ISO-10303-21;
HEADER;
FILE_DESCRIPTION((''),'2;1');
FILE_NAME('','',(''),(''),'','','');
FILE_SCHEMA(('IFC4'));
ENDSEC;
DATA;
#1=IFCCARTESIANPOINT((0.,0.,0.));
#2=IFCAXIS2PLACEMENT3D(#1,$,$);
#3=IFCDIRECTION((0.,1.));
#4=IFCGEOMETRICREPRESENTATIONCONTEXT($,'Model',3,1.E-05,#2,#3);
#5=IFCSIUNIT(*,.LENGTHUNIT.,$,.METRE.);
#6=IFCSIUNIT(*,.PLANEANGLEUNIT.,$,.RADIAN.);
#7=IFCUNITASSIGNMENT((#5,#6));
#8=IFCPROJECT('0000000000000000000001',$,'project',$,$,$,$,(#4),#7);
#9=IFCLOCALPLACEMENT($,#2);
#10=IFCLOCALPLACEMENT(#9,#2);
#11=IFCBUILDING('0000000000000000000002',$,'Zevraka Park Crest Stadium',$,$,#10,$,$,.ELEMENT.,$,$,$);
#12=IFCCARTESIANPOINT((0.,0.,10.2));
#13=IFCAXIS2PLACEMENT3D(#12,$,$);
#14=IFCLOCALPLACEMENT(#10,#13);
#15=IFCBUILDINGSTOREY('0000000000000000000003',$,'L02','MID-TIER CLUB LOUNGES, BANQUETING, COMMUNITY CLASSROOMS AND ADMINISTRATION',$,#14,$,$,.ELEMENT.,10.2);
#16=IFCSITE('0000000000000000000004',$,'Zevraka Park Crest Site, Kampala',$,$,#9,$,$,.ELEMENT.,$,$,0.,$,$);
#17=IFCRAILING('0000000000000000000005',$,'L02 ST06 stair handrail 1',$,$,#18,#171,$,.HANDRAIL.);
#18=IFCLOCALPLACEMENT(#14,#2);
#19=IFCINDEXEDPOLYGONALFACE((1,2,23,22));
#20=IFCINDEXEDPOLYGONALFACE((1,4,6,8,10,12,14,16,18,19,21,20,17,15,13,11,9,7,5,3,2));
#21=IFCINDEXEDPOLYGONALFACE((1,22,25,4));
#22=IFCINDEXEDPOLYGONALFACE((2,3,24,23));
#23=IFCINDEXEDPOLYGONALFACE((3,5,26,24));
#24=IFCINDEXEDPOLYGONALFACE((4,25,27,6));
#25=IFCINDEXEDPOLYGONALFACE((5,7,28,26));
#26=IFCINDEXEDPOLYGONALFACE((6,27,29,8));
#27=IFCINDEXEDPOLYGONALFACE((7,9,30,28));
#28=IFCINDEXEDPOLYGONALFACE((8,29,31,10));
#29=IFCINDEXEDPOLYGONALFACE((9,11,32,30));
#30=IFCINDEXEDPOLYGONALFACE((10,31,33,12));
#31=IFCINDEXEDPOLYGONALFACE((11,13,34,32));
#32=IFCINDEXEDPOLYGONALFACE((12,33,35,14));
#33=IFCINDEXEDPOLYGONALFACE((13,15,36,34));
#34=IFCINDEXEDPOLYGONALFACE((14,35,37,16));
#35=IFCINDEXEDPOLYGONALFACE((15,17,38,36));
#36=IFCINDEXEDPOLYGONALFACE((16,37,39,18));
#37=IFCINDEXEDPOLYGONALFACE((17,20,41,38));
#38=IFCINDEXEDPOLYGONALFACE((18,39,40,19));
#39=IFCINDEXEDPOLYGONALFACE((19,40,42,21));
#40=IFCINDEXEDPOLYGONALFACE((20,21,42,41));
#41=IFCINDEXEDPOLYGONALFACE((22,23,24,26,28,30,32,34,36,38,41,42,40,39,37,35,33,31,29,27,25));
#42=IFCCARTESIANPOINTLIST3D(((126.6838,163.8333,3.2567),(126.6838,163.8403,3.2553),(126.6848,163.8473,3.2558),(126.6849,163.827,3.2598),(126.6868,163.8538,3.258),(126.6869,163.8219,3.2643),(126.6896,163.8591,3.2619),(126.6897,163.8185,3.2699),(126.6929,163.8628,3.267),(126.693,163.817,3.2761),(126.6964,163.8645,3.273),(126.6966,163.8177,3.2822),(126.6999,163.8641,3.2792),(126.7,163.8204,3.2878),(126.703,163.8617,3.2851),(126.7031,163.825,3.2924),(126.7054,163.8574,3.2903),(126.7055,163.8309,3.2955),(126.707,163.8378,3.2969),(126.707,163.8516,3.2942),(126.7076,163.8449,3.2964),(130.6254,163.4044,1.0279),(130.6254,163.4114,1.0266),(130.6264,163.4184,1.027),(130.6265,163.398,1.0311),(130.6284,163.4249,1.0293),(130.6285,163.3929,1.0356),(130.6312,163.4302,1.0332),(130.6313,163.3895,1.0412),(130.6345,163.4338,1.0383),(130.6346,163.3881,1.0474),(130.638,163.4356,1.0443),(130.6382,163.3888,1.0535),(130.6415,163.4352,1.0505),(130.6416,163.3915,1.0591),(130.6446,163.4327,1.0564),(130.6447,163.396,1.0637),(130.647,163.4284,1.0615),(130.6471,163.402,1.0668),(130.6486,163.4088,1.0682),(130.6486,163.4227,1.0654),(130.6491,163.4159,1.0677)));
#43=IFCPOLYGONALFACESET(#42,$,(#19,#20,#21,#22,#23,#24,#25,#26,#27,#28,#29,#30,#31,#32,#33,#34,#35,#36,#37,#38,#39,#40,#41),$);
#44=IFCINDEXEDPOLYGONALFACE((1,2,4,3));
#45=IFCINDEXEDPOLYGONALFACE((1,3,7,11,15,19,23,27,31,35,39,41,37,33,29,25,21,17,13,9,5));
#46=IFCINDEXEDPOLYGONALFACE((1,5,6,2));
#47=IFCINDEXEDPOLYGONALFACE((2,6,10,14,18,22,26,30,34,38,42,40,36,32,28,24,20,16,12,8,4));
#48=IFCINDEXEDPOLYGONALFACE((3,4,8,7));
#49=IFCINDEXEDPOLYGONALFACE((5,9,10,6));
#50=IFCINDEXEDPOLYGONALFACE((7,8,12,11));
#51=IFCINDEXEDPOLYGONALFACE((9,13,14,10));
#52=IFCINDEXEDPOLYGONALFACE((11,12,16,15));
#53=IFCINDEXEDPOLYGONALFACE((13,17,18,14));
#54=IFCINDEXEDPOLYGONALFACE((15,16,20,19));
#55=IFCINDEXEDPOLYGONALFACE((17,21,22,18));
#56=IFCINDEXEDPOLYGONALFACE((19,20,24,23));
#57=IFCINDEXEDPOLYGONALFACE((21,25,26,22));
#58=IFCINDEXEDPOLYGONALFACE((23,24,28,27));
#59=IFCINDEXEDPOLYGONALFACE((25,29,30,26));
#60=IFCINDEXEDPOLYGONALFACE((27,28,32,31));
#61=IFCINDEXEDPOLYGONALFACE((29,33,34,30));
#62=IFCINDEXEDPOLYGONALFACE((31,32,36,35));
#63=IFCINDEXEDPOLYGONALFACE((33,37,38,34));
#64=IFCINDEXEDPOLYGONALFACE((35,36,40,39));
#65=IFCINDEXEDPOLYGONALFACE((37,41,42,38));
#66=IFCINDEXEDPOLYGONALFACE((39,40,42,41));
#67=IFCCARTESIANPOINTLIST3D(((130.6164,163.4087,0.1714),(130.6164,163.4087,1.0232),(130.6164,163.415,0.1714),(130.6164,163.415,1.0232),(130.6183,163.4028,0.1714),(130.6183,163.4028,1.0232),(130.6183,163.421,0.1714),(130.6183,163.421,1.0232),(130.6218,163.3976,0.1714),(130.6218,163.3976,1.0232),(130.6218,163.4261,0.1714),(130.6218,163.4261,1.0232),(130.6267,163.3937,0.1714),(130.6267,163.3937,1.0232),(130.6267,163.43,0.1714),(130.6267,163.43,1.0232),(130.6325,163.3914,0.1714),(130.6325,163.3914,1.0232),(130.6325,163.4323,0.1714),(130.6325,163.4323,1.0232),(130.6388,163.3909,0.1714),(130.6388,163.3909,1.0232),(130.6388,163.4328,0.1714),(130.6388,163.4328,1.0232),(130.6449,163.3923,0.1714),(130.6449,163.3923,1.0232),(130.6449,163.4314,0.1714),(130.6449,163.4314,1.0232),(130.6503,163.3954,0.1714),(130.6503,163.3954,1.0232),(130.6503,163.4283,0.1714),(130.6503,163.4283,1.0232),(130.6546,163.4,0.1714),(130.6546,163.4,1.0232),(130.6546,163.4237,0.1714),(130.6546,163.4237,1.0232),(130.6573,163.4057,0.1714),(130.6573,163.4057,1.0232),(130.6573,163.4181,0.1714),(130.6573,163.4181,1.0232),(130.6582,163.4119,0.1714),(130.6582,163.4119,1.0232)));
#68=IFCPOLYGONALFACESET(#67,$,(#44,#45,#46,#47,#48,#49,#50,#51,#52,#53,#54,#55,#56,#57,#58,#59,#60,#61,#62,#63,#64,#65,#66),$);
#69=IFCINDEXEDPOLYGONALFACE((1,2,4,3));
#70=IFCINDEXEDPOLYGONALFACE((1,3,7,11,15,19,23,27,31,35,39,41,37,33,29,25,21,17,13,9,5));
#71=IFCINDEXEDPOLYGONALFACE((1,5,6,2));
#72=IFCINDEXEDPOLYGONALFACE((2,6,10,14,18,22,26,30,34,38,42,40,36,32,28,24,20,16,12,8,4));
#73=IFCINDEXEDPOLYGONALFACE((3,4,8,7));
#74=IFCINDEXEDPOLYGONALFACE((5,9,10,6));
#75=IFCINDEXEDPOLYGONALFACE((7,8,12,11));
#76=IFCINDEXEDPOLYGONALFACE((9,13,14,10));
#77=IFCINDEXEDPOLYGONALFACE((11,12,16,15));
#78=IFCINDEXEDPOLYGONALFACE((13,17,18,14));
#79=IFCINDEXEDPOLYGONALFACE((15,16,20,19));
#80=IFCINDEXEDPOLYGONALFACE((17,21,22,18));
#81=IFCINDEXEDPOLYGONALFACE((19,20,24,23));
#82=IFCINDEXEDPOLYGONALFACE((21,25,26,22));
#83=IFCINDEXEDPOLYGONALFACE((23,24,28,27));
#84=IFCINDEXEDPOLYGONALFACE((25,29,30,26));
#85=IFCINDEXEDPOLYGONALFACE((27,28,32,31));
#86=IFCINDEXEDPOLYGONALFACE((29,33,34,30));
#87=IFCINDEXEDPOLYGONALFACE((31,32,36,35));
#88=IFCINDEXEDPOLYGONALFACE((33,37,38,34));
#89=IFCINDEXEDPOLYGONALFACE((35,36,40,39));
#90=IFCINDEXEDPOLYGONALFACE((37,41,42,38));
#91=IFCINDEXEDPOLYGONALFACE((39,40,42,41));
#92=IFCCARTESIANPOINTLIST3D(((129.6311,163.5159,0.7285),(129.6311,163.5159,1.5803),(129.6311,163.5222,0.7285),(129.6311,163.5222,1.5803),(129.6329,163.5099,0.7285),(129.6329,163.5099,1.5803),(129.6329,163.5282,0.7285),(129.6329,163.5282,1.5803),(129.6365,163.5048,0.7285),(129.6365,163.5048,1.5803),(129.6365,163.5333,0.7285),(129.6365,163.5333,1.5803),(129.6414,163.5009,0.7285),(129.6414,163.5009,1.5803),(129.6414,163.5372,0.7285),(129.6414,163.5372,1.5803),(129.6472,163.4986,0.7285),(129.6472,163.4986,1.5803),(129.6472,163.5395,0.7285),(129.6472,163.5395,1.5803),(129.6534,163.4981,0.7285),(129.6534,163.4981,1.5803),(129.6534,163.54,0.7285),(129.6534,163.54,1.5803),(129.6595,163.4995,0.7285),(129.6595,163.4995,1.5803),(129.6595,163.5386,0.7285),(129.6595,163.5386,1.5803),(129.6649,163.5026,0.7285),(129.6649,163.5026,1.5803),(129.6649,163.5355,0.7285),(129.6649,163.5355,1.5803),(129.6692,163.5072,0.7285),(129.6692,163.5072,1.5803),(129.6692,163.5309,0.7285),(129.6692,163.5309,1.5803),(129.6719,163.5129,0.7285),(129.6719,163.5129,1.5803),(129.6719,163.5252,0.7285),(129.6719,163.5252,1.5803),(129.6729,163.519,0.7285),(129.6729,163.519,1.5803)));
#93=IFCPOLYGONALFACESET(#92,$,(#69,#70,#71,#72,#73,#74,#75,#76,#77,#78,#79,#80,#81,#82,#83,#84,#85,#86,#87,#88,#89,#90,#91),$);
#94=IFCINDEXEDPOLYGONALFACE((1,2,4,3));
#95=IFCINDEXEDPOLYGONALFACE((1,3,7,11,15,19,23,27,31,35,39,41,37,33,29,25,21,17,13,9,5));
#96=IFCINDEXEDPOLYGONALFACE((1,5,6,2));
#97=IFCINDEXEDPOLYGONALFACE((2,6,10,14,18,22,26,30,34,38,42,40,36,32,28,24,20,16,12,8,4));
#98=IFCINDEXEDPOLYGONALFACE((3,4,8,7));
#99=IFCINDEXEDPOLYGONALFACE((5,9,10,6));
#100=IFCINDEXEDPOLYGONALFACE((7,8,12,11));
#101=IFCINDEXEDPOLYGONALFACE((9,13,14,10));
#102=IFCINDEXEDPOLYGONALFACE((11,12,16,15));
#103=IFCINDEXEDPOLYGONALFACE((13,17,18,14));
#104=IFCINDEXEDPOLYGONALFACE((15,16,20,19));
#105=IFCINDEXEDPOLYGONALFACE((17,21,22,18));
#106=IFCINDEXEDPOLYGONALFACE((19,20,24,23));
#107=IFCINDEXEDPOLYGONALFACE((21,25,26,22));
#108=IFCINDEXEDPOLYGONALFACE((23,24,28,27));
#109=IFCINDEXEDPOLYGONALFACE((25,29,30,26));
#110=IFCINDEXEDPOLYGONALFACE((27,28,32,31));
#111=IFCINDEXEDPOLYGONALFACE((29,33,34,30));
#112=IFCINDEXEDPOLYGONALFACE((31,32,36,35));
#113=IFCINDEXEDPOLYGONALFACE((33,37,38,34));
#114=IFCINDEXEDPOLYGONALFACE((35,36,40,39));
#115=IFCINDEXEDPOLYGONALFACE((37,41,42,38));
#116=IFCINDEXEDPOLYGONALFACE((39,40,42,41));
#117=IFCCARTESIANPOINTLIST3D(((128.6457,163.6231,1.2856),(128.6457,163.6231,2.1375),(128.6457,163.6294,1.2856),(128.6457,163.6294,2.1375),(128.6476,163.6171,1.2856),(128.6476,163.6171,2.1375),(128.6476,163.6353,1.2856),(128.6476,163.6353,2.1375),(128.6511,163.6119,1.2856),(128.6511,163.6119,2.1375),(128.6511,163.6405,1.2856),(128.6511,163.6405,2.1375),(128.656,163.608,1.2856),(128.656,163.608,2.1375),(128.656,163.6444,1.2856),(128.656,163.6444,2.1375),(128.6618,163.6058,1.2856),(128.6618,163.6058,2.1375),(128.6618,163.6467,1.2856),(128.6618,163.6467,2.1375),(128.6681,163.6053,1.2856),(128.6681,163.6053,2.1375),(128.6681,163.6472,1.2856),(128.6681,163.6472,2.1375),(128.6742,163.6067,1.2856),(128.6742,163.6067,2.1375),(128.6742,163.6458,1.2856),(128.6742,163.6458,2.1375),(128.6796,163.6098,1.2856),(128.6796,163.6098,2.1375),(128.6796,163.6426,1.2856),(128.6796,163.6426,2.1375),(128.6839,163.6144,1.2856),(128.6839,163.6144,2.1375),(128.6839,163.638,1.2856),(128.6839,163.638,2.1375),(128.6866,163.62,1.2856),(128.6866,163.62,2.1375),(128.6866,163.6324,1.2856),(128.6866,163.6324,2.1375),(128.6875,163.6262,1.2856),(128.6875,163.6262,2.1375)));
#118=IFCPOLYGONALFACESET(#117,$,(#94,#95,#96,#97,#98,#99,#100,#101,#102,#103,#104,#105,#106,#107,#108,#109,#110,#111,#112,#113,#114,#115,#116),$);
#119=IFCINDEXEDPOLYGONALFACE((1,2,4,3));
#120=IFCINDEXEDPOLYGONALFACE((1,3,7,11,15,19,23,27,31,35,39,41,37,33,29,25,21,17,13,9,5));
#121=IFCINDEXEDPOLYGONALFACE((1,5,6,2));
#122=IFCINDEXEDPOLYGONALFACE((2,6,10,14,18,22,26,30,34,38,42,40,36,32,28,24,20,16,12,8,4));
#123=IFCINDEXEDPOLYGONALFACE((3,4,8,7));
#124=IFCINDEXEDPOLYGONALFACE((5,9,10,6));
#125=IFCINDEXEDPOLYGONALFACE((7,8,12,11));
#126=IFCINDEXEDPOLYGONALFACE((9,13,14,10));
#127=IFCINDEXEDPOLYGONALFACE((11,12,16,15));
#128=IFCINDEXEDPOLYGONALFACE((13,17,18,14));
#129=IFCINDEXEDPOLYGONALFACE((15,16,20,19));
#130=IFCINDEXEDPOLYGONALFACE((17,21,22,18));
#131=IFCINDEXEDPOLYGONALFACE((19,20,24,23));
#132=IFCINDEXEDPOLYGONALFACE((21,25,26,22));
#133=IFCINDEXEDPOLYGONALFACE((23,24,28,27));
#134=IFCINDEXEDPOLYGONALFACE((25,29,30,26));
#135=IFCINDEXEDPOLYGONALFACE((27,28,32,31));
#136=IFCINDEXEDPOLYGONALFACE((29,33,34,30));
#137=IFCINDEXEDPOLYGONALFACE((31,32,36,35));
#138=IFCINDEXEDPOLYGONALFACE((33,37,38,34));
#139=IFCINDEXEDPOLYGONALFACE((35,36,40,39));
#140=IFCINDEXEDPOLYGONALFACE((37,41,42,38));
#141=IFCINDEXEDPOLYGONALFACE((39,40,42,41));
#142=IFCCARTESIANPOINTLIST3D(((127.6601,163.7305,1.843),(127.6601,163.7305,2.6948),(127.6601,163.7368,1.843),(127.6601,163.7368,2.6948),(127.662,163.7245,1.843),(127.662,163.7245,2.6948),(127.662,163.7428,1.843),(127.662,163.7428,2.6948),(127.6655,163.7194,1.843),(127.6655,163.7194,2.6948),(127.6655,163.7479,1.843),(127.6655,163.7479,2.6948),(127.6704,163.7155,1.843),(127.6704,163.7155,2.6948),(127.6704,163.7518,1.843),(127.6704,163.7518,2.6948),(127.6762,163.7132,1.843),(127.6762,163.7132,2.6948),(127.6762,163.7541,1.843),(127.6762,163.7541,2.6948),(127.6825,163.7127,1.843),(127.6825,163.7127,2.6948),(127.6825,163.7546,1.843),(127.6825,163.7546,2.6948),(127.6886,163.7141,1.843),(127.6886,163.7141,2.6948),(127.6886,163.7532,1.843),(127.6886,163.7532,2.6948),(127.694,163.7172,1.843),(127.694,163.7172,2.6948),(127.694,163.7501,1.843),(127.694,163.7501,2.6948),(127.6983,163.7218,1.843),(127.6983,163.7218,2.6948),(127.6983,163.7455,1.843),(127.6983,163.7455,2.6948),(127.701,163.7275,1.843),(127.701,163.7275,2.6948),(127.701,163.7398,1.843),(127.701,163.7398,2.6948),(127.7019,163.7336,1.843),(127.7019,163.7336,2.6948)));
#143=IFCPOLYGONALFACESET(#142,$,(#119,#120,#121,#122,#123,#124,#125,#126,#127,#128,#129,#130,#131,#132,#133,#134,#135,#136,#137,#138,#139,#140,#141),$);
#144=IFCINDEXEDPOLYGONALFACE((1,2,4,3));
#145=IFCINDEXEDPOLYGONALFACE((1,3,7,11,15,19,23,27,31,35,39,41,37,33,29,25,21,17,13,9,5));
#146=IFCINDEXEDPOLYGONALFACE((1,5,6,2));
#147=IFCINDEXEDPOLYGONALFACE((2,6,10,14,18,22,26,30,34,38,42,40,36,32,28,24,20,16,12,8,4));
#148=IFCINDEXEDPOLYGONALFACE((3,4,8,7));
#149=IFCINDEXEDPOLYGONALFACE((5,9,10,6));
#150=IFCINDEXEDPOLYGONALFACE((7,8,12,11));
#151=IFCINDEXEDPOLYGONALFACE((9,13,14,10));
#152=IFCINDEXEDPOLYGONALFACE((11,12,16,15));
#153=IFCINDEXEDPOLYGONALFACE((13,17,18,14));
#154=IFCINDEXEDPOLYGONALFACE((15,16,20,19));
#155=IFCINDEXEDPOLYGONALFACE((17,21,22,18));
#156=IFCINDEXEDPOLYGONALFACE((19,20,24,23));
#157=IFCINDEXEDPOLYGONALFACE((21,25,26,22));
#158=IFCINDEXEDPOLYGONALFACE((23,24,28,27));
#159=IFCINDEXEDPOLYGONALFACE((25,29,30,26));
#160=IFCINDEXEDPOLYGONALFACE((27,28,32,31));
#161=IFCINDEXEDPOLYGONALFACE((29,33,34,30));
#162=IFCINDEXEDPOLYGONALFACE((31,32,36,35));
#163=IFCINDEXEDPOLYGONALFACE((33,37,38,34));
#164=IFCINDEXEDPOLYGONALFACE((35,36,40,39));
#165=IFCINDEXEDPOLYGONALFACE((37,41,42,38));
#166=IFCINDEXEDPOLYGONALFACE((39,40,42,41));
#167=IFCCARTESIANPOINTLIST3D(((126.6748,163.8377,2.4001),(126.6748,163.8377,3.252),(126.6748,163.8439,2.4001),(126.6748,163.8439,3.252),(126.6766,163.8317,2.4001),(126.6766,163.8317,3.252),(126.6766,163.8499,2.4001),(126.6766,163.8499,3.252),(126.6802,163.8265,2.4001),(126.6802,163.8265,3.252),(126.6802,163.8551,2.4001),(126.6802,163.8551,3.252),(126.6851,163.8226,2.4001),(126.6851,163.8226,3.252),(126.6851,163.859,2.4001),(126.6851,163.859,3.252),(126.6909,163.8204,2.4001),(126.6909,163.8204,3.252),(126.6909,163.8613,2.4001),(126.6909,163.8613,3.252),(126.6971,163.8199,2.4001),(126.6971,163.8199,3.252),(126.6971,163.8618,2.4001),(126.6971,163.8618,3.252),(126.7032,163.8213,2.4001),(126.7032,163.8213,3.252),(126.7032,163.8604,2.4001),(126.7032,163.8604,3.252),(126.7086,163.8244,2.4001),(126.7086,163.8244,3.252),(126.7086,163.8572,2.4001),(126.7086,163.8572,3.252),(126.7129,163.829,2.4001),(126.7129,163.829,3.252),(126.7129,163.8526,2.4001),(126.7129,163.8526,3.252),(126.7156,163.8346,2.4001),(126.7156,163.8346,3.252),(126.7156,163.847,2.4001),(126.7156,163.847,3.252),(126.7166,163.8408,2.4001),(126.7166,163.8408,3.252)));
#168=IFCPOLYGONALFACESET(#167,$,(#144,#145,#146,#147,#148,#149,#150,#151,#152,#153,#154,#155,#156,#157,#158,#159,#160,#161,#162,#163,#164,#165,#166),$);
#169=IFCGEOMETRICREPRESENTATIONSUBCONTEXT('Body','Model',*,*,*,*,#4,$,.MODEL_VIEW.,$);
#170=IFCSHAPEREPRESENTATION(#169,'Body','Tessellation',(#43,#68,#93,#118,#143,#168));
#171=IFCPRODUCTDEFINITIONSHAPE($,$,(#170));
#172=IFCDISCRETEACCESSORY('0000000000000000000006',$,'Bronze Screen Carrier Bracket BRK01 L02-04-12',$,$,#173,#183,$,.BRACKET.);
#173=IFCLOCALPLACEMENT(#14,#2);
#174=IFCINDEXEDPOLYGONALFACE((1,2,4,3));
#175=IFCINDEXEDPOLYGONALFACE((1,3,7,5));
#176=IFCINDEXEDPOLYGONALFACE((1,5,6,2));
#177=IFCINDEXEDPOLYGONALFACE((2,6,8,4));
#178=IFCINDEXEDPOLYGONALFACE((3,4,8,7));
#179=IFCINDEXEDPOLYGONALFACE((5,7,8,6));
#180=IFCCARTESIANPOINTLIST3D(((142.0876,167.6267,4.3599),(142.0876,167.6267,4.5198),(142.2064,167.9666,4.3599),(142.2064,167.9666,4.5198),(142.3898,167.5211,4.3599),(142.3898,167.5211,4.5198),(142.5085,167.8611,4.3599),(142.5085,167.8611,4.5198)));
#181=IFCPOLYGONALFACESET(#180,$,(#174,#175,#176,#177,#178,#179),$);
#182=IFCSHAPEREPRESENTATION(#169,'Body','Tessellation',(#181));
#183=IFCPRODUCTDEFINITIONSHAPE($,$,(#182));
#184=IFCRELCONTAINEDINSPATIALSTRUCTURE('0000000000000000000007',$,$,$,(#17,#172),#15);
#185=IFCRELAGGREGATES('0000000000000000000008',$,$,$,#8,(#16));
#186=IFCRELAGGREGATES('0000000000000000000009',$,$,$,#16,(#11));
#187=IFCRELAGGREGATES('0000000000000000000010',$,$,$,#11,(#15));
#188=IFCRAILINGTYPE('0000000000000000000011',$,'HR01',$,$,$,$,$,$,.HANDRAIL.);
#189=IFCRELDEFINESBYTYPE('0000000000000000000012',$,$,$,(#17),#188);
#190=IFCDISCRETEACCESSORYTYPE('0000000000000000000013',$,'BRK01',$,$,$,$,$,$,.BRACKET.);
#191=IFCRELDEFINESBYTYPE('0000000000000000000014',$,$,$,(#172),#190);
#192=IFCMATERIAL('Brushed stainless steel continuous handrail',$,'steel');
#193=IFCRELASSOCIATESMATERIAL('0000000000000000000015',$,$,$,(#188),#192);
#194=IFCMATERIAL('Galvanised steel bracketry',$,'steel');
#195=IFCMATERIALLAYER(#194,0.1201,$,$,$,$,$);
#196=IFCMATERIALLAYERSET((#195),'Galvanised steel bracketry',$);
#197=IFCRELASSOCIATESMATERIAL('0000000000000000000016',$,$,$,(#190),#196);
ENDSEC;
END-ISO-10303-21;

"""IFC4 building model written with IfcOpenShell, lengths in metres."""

from ifc_helpers import new_model, si_unit, direction, frame, origin, origin_2d, place, context, subcontext, project, spatial, rectangle, circle, extrude, material, layer, layer_set, type_object, element, save


model = new_model("IFC4")

# Units and contexts
model_context = context("Model", 3, precision=1e-05, world=origin(), true_north=direction((0.0, 1.0)))
body_context = subcontext(model_context, "Body", "Model", "MODEL_VIEW")
ifc_project = project(units=[si_unit("LENGTHUNIT", "METRE"), si_unit("PLANEANGLEUNIT", "RADIAN")], contexts=[model_context])

# Site, building, storey
site_placement = place(None, origin())
site = spatial("IfcSite", under=ifc_project, at=site_placement, Name="Zevraka Park Crest Site, Kampala", CompositionType="ELEMENT", RefElevation=0.0)
building_placement = place(site_placement, origin())
building = spatial("IfcBuilding", under=site, at=building_placement, Name="Zevraka Park Crest Stadium", CompositionType="ELEMENT")
storey_placement = place(building_placement, frame((0.0, 0.0, 10.2)))
storey = spatial("IfcBuildingStorey", under=building, at=storey_placement, Name="L02", Description="MID-TIER CLUB LOUNGES, BANQUETING, COMMUNITY CLASSROOMS AND ADMINISTRATION", CompositionType="ELEMENT", Elevation=10.2)

# Railing
ifc_material_1 = material(Name="Brushed stainless steel continuous handrail", Category="steel")
railing_type_1 = type_object("IfcRailingType", Name="HR01", PredefinedType="HANDRAIL", material=ifc_material_1)
railing_1_placement = place(storey_placement, frame((130.6372, 163.4119, 0.1714)))
element("IfcRailing", 1, at=railing_1_placement, inside=storey, type_object=railing_type_1, Name="L02 ST06 stair handrail 1", PredefinedType="HANDRAIL", context=body_context, shape_type="SweptSolid", body=[
    extrude(circle(Radius=0.0239, at=origin_2d()), frame((0.0, 0.0, 0.876), z_axis=(-0.866601, 0.094309, 0.490009), x_axis=(-0.108188, -0.994131, 0.0)), (0.0, 0.0, 1.0), 4.5483),
    extrude(circle(Radius=0.021, at=origin_2d()), origin(), (0.0, 0.0, 1.0), 0.8518),
    extrude(circle(Radius=0.021, at=origin_2d()), frame((-0.9854, 0.1072, 0.5571)), (0.0, 0.0, 1.0), 0.8518),
    extrude(circle(Radius=0.021, at=origin_2d()), frame((-1.9707, 0.2144, 1.1143)), (0.0, 0.0, 1.0), 0.8518),
    extrude(circle(Radius=0.021, at=origin_2d()), frame((-2.9563, 0.3218, 1.6716)), (0.0, 0.0, 1.0), 0.8518),
    extrude(circle(Radius=0.021, at=origin_2d()), frame((-3.9417, 0.429, 2.2288)), (0.0, 0.0, 1.0), 0.8518),
])

# Discrete accessory
ifc_material_2 = material(Name="Galvanised steel bracketry", Category="steel")
ifc_layer_1 = layer(ifc_material_2, 0.1201)
ifc_layer_set_1 = layer_set([ifc_layer_1], Name="Galvanised steel bracketry")
discrete_accessory_type = type_object("IfcDiscreteAccessoryType", Name="BRK01", PredefinedType="BRACKET", material=ifc_layer_set_1)
discrete_accessory_placement = place(storey_placement, frame((142.2981, 167.7439, 4.3599), z_axis=(0.0, 0.0, 1.0), x_axis=(-0.944089, 0.329691, 0.0)))
element("IfcDiscreteAccessory", 2, at=discrete_accessory_placement, inside=storey, type_object=discrete_accessory_type, Name="Bronze Screen Carrier Bracket BRK01 L02-04-12", PredefinedType="BRACKET", context=body_context, shape_type="SweptSolid", body=[
    extrude(rectangle(XDim=0.3201, YDim=0.3601, at=origin_2d()), origin(), (0.0, 0.0, 1.0), 0.1599),
])

save(model, "model.ifc")
